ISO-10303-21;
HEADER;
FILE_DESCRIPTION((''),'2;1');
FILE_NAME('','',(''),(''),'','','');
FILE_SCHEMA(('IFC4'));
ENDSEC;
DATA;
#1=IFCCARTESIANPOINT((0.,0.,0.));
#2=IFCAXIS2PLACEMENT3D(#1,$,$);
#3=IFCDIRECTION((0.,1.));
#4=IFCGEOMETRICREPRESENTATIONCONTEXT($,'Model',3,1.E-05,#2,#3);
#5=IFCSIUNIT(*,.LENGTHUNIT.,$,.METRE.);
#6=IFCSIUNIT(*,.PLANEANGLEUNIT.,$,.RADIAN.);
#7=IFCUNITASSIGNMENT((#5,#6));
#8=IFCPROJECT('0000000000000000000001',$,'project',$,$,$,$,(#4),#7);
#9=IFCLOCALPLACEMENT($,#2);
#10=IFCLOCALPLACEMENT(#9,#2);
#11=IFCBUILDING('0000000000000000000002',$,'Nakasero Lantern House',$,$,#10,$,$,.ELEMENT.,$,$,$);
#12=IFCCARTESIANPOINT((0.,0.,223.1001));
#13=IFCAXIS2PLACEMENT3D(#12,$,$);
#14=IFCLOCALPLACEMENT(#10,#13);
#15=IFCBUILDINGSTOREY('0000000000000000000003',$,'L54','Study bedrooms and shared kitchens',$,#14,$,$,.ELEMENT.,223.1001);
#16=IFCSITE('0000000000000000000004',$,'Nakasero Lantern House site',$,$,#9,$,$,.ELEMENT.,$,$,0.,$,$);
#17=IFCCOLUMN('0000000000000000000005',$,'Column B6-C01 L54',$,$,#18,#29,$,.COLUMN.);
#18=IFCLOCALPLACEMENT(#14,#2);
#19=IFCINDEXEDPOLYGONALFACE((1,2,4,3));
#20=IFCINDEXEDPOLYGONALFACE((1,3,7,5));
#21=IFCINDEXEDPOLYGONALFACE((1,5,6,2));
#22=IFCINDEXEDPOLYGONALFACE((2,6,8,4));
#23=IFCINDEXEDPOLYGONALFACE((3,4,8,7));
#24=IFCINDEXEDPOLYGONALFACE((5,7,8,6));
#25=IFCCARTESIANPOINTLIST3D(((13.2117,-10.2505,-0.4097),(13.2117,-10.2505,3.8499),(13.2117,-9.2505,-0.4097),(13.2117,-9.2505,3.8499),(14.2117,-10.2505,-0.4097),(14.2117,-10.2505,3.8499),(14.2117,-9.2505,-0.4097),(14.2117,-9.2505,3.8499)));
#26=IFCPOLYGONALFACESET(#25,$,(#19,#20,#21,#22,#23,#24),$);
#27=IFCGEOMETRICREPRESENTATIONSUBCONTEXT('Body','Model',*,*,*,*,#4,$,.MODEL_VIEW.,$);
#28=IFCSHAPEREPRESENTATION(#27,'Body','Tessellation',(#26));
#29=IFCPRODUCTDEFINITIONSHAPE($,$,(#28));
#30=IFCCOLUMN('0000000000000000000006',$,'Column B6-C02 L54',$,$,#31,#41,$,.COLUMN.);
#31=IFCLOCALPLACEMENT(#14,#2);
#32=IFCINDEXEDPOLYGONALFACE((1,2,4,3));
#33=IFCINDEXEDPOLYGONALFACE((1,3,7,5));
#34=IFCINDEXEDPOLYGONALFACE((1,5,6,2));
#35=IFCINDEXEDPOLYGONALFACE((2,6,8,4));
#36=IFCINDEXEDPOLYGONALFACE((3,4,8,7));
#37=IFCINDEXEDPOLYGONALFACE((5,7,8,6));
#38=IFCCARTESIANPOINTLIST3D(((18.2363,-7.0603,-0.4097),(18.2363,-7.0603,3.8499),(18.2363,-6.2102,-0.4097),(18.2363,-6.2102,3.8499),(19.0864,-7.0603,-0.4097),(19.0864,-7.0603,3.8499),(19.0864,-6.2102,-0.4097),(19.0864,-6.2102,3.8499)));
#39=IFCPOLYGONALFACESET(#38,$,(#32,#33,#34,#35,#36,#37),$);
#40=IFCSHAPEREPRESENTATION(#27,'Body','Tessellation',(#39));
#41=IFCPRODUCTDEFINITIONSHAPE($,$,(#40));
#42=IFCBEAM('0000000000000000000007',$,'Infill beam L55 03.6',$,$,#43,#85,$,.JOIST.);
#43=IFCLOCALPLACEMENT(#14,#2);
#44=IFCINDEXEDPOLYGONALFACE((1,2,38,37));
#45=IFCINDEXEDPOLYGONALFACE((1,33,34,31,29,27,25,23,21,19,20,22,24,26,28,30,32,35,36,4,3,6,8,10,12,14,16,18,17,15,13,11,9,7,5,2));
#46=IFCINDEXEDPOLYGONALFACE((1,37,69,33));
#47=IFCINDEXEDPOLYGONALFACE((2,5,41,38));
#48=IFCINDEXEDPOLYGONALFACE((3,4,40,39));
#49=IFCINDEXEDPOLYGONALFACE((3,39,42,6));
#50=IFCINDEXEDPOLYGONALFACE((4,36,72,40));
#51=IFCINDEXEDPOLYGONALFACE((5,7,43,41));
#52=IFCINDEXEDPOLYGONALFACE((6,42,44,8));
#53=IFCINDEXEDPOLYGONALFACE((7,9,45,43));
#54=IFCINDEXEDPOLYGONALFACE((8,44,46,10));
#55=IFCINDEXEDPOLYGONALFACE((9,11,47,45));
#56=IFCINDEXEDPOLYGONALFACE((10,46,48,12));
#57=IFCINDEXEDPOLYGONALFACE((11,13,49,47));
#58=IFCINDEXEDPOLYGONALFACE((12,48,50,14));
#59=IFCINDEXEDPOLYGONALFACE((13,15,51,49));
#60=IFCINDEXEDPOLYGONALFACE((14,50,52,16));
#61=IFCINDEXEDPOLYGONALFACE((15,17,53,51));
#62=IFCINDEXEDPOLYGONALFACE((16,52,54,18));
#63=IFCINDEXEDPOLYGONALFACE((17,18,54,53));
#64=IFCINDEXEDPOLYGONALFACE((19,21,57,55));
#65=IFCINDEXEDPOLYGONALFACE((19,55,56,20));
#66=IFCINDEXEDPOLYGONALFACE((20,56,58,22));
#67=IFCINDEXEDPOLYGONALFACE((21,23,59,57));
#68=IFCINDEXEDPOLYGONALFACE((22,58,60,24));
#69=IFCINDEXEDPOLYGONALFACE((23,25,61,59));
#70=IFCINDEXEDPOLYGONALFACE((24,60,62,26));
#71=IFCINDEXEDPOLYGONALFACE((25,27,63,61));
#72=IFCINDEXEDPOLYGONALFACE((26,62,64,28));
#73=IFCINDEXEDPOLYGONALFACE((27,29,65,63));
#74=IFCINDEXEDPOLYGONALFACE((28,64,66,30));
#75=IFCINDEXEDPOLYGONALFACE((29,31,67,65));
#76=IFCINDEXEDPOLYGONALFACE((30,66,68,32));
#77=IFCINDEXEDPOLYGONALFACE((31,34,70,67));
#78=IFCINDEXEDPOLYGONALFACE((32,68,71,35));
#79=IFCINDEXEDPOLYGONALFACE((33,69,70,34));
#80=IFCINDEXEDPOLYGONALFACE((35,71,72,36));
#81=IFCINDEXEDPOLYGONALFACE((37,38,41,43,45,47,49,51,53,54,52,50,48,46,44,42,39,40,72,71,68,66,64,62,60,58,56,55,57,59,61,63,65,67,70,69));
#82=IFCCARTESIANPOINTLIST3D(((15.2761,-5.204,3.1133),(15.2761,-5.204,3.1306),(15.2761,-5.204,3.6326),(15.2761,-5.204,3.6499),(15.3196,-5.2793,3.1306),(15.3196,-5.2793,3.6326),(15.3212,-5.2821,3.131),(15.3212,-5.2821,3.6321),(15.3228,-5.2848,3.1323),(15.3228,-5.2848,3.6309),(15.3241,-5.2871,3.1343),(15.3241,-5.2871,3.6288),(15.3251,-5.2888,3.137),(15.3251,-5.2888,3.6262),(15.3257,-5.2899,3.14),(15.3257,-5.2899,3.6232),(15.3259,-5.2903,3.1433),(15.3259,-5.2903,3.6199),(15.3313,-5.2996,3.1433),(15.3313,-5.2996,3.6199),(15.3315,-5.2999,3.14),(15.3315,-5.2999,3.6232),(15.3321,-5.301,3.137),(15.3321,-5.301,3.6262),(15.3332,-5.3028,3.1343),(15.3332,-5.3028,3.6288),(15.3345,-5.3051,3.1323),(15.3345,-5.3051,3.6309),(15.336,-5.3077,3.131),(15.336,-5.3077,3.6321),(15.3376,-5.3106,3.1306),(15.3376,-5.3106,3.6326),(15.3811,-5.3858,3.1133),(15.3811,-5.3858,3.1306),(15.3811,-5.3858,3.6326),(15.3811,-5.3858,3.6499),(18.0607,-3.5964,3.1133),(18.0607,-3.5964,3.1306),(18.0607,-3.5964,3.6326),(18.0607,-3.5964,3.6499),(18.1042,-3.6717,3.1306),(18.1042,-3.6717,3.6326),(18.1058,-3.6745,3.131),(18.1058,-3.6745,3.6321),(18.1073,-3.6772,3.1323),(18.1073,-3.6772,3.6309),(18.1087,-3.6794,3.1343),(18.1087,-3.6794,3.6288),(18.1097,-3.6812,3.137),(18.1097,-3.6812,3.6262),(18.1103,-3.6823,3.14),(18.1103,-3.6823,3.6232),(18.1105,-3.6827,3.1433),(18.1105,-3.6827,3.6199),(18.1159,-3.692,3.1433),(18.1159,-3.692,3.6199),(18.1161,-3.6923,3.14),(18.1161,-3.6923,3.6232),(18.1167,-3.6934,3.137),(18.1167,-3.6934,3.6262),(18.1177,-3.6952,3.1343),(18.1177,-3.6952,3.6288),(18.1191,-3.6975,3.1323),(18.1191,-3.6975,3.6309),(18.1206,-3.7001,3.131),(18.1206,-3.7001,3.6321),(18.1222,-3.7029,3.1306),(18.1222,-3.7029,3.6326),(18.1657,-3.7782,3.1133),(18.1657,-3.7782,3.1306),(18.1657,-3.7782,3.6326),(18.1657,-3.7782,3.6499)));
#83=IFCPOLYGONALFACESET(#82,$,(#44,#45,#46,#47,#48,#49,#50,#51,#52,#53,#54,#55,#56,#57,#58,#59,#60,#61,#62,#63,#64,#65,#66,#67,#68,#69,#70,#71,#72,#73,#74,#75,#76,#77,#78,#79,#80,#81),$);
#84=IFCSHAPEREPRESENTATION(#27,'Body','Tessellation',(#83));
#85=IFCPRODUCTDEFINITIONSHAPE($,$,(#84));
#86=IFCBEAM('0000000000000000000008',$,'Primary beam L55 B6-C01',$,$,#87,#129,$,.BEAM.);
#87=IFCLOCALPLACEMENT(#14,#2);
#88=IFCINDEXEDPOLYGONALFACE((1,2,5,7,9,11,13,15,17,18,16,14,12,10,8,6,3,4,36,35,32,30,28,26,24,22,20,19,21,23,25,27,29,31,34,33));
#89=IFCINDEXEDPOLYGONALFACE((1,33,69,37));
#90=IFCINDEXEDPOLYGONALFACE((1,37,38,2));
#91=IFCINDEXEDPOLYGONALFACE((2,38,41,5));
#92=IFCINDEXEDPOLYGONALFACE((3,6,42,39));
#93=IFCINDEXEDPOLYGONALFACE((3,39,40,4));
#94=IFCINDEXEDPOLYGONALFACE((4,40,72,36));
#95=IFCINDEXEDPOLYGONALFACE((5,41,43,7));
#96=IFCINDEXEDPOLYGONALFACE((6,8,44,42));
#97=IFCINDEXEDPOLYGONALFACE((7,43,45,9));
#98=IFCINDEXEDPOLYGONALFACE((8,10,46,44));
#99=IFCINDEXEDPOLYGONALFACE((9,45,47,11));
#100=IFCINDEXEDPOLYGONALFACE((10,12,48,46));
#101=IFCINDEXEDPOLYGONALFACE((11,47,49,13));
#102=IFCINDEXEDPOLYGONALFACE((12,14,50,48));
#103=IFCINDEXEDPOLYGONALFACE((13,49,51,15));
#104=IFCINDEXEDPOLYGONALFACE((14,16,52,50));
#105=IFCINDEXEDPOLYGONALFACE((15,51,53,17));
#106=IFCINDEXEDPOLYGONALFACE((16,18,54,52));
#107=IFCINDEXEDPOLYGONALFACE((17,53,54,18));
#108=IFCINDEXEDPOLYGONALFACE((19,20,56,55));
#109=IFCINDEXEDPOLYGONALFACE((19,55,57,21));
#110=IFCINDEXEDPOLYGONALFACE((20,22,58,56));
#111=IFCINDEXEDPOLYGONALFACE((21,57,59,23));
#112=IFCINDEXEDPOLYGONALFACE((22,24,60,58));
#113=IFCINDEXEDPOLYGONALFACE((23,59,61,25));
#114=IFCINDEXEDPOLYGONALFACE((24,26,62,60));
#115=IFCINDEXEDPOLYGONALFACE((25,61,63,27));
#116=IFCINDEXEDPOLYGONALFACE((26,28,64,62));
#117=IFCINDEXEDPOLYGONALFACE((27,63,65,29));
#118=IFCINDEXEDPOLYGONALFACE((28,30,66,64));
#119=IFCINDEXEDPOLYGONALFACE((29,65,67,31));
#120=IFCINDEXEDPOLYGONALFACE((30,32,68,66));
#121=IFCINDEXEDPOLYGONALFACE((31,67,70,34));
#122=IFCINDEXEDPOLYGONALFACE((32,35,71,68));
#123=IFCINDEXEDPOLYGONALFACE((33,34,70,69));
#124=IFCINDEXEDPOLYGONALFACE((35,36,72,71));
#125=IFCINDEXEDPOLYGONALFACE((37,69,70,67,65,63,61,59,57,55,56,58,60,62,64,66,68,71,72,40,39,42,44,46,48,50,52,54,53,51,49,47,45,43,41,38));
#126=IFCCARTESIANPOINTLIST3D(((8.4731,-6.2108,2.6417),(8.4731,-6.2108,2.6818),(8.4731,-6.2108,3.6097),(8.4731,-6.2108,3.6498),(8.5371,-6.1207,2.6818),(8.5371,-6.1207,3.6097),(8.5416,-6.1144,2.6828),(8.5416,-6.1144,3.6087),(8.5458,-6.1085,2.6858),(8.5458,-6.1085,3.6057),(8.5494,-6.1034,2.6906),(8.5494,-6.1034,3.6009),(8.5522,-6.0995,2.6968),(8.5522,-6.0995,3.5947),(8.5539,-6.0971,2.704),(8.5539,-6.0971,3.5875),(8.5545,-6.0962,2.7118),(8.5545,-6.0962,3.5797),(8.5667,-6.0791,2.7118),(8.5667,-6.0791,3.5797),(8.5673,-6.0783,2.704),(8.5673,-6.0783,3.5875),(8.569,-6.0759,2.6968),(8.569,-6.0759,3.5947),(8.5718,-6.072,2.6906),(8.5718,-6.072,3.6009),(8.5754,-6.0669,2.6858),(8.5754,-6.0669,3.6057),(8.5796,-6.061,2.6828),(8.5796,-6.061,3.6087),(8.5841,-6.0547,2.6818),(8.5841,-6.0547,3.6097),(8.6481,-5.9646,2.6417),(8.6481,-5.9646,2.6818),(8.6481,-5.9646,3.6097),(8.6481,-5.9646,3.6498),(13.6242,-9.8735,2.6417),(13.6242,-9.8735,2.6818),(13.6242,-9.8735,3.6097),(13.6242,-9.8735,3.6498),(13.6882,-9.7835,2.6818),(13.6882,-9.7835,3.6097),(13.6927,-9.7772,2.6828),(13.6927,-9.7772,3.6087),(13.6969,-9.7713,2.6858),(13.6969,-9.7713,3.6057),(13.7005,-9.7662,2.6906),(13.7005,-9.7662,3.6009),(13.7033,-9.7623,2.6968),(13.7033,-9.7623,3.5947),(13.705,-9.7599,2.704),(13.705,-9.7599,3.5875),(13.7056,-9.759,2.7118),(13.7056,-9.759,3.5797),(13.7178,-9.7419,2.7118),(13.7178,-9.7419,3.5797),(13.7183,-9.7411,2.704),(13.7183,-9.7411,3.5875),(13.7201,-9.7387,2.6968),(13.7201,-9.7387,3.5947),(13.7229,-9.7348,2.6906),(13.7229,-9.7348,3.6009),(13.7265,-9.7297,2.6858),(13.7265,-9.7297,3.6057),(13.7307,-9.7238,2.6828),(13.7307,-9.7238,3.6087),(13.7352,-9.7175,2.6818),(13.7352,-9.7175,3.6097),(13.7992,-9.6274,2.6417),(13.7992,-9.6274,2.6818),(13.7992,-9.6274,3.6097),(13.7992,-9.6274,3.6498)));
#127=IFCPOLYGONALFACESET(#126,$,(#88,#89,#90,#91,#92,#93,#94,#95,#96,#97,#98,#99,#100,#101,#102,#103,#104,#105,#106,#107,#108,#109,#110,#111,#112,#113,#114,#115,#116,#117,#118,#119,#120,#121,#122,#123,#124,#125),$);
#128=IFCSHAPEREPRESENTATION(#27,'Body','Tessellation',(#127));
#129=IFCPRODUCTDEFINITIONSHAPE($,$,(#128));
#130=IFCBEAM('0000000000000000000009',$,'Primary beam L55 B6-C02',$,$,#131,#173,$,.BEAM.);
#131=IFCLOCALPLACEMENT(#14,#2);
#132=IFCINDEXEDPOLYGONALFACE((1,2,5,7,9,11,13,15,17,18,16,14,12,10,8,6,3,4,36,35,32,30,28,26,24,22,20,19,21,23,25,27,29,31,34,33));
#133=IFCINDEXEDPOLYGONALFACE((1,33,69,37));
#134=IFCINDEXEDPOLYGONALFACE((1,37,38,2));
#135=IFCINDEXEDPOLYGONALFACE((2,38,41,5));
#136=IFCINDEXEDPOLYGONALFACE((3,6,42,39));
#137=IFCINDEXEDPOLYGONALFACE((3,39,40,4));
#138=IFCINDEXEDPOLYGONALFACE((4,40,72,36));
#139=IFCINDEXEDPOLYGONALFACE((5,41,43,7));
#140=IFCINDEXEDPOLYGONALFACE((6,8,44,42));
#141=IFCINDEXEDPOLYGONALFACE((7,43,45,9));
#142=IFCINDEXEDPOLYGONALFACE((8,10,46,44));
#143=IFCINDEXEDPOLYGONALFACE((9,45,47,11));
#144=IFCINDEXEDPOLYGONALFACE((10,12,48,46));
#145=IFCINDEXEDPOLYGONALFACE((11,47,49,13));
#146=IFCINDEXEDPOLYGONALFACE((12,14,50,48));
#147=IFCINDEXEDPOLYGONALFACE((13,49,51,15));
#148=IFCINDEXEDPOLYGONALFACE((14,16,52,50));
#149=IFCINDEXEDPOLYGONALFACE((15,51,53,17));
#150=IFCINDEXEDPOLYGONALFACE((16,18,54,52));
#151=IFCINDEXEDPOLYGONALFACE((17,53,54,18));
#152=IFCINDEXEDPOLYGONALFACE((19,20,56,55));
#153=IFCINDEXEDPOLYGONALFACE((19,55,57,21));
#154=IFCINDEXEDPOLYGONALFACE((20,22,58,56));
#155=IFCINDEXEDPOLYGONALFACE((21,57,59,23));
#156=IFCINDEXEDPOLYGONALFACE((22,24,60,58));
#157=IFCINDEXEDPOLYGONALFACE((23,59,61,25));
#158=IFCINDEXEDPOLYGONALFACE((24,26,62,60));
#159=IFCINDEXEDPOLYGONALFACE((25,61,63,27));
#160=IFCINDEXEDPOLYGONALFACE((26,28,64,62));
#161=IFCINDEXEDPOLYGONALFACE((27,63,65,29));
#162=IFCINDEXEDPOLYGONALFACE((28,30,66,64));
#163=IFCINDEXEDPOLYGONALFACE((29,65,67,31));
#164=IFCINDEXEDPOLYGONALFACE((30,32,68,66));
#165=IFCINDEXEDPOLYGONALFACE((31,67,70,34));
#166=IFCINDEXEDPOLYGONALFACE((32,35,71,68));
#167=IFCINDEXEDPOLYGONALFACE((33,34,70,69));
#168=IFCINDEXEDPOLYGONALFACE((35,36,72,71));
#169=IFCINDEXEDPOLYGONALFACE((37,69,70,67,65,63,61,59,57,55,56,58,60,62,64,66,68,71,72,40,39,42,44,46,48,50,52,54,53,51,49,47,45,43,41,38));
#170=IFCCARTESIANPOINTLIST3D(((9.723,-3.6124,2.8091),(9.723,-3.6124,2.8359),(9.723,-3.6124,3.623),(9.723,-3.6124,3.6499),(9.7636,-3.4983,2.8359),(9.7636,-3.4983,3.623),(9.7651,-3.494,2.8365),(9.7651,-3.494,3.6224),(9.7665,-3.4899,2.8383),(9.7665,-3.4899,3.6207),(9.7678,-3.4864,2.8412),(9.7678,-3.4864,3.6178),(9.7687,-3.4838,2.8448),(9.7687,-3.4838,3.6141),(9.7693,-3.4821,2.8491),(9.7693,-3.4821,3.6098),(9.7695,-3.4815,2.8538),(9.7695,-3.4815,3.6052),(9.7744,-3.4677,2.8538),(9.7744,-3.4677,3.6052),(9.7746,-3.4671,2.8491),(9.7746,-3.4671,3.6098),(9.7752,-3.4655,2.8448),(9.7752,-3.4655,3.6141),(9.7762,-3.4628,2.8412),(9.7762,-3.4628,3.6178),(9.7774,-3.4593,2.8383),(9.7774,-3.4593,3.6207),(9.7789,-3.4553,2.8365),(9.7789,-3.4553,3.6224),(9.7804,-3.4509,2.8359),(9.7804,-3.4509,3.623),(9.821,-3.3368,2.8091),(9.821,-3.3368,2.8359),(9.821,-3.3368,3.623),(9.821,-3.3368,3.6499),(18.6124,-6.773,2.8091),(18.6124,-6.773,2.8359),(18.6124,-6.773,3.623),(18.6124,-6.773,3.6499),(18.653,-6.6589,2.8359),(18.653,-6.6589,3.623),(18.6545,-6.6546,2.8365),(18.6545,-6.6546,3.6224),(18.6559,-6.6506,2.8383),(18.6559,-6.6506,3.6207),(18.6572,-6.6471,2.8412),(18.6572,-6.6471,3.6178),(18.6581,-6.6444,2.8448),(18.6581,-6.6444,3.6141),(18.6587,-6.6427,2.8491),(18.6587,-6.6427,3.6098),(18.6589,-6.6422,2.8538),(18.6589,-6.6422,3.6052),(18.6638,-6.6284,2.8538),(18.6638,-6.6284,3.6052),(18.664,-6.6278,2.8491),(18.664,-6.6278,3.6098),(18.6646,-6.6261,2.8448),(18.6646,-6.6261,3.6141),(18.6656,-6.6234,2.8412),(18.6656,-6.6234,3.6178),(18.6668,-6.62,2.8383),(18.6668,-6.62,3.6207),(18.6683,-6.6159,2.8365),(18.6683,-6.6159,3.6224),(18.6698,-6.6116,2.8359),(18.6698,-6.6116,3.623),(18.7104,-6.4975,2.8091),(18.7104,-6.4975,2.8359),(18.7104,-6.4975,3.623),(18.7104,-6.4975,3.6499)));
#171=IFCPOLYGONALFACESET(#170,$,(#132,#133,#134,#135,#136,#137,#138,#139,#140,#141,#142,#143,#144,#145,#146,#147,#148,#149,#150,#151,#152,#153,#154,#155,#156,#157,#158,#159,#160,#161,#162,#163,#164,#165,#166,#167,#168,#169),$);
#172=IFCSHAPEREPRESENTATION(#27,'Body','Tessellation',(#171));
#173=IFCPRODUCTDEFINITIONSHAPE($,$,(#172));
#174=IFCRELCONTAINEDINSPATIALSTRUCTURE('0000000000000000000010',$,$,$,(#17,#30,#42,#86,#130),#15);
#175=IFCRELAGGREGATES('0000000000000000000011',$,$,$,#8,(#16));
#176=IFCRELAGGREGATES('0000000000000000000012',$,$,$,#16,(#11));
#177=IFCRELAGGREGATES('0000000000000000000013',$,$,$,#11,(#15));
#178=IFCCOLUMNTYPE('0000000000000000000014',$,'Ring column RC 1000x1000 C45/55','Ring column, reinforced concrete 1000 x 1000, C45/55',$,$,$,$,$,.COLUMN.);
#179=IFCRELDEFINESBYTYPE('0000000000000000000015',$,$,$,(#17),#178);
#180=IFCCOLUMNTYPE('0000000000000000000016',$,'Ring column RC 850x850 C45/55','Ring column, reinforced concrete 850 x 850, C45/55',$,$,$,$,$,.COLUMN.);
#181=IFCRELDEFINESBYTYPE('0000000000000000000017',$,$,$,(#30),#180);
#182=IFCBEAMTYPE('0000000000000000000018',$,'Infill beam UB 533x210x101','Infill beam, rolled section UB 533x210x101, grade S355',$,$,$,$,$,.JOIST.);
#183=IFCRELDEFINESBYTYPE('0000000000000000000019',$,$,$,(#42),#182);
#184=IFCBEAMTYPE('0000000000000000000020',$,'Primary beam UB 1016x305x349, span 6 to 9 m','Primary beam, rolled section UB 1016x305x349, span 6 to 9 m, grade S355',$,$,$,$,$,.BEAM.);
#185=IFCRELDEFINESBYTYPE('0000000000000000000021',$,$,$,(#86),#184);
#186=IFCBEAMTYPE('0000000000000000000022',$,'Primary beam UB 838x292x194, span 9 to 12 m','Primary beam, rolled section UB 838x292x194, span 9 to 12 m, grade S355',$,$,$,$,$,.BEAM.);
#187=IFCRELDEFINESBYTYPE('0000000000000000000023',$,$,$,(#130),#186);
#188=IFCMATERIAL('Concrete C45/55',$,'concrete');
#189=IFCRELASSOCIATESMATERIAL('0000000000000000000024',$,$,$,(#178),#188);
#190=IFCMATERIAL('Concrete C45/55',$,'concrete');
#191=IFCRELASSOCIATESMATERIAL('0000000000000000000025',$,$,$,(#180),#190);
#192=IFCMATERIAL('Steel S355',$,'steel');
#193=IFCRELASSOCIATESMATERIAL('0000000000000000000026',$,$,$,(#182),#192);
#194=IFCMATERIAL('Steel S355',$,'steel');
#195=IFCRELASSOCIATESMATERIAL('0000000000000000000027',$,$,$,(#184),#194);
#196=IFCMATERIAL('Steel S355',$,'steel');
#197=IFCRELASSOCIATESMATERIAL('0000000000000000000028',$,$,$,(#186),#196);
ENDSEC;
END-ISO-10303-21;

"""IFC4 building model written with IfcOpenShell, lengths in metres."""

from ifc_helpers import new_model, si_unit, direction, frame, origin, origin_2d, place, context, subcontext, project, spatial, rectangle, i_section, extrude, material, material_profile, profile_set, type_object, element, save


model = new_model("IFC4")

# Units and contexts
model_context = context("Model", 3, precision=1e-05, world=origin(), true_north=direction((0.0, 1.0)))
body_context = subcontext(model_context, "Body", "Model", "MODEL_VIEW")
ifc_project = project(units=[si_unit("LENGTHUNIT", "METRE"), si_unit("PLANEANGLEUNIT", "RADIAN")], contexts=[model_context])

# Site, building, storey
site_placement = place(None, origin())
site = spatial("IfcSite", under=ifc_project, at=site_placement, Name="Nakasero Lantern House site", CompositionType="ELEMENT", RefElevation=0.0)
building_placement = place(site_placement, origin())
building = spatial("IfcBuilding", under=site, at=building_placement, Name="Nakasero Lantern House", CompositionType="ELEMENT")
storey_placement = place(building_placement, frame((0.0, 0.0, 223.1001)))
storey = spatial("IfcBuildingStorey", under=building, at=storey_placement, Name="L54", Description="Study bedrooms and shared kitchens", CompositionType="ELEMENT", Elevation=223.1001)

# Columns
ifc_material_1 = material(Name="Concrete C45/55", Category="concrete")
ifc_material_profile_1 = material_profile(ifc_material_1, rectangle(XDim=1.0, YDim=1.0, at=origin_2d()), Name="RC 1000x1000")
ifc_profile_set_1 = profile_set([ifc_material_profile_1], Name="Concrete C45/55")
column_type_1 = type_object("IfcColumnType", Name="Ring column RC 1000x1000 C45/55", Description="Ring column, reinforced concrete 1000 x 1000, C45/55", PredefinedType="COLUMN", material=ifc_profile_set_1)
column_1_placement = place(storey_placement, frame((13.7117, -9.7505, -0.4097), z_axis=(0.0, 0.0, 1.0), x_axis=(1.0, 0.0, 0.0)))
element("IfcColumn", 1, at=column_1_placement, inside=storey, type_object=column_type_1, Name="Column B6-C01 L54", PredefinedType="COLUMN", context=body_context, shape_type="SweptSolid", body=[
    extrude(rectangle(XDim=1.0, YDim=1.0, at=origin_2d()), origin(), (0.0, 0.0, 1.0), 4.2595),
])
ifc_material_2 = material(Name="Concrete C45/55", Category="concrete")
ifc_material_profile_2 = material_profile(ifc_material_2, rectangle(XDim=0.8501, YDim=0.8501, at=origin_2d()), Name="RC 850x850")
ifc_profile_set_2 = profile_set([ifc_material_profile_2], Name="Concrete C45/55")
column_type_2 = type_object("IfcColumnType", Name="Ring column RC 850x850 C45/55", Description="Ring column, reinforced concrete 850 x 850, C45/55", PredefinedType="COLUMN", material=ifc_profile_set_2)
column_2_placement = place(storey_placement, frame((18.6614, -6.6353, -0.4097), z_axis=(0.0, 0.0, 1.0), x_axis=(1.0, 0.0, 0.0)))
element("IfcColumn", 2, at=column_2_placement, inside=storey, type_object=column_type_2, Name="Column B6-C02 L54", PredefinedType="COLUMN", context=body_context, shape_type="SweptSolid", body=[
    extrude(rectangle(XDim=0.8501, YDim=0.8501, at=origin_2d()), origin(), (0.0, 0.0, 1.0), 4.2595),
])

# Beams
ifc_material_3 = material(Name="Steel S355", Category="steel")
ifc_material_profile_3 = material_profile(ifc_material_3, i_section(OverallWidth=0.21, OverallDepth=0.5366, WebThickness=0.0107, FlangeThickness=0.0173, FilletRadius=0.0127, at=origin_2d()), Name="UB 533x210x101")
ifc_profile_set_3 = profile_set([ifc_material_profile_3], Name="Steel S355")
beam_type_1 = type_object("IfcBeamType", Name="Infill beam UB 533x210x101", Description="Infill beam, rolled section UB 533x210x101, grade S355", PredefinedType="JOIST", material=ifc_profile_set_3)
beam_1_placement = place(storey_placement, frame((15.3286, -5.2949, 3.3816), z_axis=(0.866034, 0.499985, 0.0), x_axis=(-0.499985, 0.866034, 0.0)))
element("IfcBeam", 3, at=beam_1_placement, inside=storey, type_object=beam_type_1, Name="Infill beam L55 03.6", PredefinedType="JOIST", context=body_context, shape_type="SweptSolid", body=[
    extrude(i_section(OverallWidth=0.21, OverallDepth=0.5366, WebThickness=0.0107, FlangeThickness=0.0173, FilletRadius=0.0127, at=origin_2d()), origin(), (0.0, 0.0, 1.0), 3.2153),
])
ifc_material_4 = material(Name="Steel S355", Category="steel")
ifc_material_profile_4 = material_profile(ifc_material_4, i_section(OverallWidth=0.302, OverallDepth=1.0081, WebThickness=0.021, FlangeThickness=0.04, FilletRadius=0.03, at=origin_2d()), Name="UB 1016x305x349")
ifc_profile_set_4 = profile_set([ifc_material_profile_4], Name="Steel S355")
beam_type_2 = type_object("IfcBeamType", Name="Primary beam UB 1016x305x349, span 6 to 9 m", Description="Primary beam, rolled section UB 1016x305x349, span 6 to 9 m, grade S355", PredefinedType="BEAM", material=ifc_profile_set_4)
beam_2_placement = place(storey_placement, frame((13.7117, -9.7505, 3.1458), z_axis=(-0.814969, 0.579505, 0.0), x_axis=(-0.579505, -0.814969, 0.0)))
element("IfcBeam", 4, at=beam_2_placement, inside=storey, type_object=beam_type_2, Name="Primary beam L55 B6-C01", PredefinedType="BEAM", context=body_context, shape_type="SweptSolid", body=[
    extrude(i_section(OverallWidth=0.302, OverallDepth=1.0081, WebThickness=0.021, FlangeThickness=0.04, FilletRadius=0.03, at=origin_2d()), origin(), (0.0, 0.0, 1.0), 6.3206),
])
ifc_material_5 = material(Name="Steel S355", Category="steel")
ifc_material_profile_5 = material_profile(ifc_material_5, i_section(OverallWidth=0.2925, OverallDepth=0.8408, WebThickness=0.0146, FlangeThickness=0.0269, FilletRadius=0.0178, at=origin_2d()), Name="UB 838x292x194")
ifc_profile_set_5 = profile_set([ifc_material_profile_5], Name="Steel S355")
beam_type_3 = type_object("IfcBeamType", Name="Primary beam UB 838x292x194, span 9 to 12 m", Description="Primary beam, rolled section UB 838x292x194, span 9 to 12 m, grade S355", PredefinedType="BEAM", material=ifc_profile_set_5)
beam_3_placement = place(storey_placement, frame((18.6614, -6.6353, 3.2295), z_axis=(-0.942216, 0.335007, 0.0), x_axis=(-0.335007, -0.942216, 0.0)))
element("IfcBeam", 5, at=beam_3_placement, inside=storey, type_object=beam_type_3, Name="Primary beam L55 B6-C02", PredefinedType="BEAM", context=body_context, shape_type="SweptSolid", body=[
    extrude(i_section(OverallWidth=0.2925, OverallDepth=0.8408, WebThickness=0.0146, FlangeThickness=0.0269, FilletRadius=0.0178, at=origin_2d()), origin(), (0.0, 0.0, 1.0), 9.4346),
])

save(model, "model.ifc")
